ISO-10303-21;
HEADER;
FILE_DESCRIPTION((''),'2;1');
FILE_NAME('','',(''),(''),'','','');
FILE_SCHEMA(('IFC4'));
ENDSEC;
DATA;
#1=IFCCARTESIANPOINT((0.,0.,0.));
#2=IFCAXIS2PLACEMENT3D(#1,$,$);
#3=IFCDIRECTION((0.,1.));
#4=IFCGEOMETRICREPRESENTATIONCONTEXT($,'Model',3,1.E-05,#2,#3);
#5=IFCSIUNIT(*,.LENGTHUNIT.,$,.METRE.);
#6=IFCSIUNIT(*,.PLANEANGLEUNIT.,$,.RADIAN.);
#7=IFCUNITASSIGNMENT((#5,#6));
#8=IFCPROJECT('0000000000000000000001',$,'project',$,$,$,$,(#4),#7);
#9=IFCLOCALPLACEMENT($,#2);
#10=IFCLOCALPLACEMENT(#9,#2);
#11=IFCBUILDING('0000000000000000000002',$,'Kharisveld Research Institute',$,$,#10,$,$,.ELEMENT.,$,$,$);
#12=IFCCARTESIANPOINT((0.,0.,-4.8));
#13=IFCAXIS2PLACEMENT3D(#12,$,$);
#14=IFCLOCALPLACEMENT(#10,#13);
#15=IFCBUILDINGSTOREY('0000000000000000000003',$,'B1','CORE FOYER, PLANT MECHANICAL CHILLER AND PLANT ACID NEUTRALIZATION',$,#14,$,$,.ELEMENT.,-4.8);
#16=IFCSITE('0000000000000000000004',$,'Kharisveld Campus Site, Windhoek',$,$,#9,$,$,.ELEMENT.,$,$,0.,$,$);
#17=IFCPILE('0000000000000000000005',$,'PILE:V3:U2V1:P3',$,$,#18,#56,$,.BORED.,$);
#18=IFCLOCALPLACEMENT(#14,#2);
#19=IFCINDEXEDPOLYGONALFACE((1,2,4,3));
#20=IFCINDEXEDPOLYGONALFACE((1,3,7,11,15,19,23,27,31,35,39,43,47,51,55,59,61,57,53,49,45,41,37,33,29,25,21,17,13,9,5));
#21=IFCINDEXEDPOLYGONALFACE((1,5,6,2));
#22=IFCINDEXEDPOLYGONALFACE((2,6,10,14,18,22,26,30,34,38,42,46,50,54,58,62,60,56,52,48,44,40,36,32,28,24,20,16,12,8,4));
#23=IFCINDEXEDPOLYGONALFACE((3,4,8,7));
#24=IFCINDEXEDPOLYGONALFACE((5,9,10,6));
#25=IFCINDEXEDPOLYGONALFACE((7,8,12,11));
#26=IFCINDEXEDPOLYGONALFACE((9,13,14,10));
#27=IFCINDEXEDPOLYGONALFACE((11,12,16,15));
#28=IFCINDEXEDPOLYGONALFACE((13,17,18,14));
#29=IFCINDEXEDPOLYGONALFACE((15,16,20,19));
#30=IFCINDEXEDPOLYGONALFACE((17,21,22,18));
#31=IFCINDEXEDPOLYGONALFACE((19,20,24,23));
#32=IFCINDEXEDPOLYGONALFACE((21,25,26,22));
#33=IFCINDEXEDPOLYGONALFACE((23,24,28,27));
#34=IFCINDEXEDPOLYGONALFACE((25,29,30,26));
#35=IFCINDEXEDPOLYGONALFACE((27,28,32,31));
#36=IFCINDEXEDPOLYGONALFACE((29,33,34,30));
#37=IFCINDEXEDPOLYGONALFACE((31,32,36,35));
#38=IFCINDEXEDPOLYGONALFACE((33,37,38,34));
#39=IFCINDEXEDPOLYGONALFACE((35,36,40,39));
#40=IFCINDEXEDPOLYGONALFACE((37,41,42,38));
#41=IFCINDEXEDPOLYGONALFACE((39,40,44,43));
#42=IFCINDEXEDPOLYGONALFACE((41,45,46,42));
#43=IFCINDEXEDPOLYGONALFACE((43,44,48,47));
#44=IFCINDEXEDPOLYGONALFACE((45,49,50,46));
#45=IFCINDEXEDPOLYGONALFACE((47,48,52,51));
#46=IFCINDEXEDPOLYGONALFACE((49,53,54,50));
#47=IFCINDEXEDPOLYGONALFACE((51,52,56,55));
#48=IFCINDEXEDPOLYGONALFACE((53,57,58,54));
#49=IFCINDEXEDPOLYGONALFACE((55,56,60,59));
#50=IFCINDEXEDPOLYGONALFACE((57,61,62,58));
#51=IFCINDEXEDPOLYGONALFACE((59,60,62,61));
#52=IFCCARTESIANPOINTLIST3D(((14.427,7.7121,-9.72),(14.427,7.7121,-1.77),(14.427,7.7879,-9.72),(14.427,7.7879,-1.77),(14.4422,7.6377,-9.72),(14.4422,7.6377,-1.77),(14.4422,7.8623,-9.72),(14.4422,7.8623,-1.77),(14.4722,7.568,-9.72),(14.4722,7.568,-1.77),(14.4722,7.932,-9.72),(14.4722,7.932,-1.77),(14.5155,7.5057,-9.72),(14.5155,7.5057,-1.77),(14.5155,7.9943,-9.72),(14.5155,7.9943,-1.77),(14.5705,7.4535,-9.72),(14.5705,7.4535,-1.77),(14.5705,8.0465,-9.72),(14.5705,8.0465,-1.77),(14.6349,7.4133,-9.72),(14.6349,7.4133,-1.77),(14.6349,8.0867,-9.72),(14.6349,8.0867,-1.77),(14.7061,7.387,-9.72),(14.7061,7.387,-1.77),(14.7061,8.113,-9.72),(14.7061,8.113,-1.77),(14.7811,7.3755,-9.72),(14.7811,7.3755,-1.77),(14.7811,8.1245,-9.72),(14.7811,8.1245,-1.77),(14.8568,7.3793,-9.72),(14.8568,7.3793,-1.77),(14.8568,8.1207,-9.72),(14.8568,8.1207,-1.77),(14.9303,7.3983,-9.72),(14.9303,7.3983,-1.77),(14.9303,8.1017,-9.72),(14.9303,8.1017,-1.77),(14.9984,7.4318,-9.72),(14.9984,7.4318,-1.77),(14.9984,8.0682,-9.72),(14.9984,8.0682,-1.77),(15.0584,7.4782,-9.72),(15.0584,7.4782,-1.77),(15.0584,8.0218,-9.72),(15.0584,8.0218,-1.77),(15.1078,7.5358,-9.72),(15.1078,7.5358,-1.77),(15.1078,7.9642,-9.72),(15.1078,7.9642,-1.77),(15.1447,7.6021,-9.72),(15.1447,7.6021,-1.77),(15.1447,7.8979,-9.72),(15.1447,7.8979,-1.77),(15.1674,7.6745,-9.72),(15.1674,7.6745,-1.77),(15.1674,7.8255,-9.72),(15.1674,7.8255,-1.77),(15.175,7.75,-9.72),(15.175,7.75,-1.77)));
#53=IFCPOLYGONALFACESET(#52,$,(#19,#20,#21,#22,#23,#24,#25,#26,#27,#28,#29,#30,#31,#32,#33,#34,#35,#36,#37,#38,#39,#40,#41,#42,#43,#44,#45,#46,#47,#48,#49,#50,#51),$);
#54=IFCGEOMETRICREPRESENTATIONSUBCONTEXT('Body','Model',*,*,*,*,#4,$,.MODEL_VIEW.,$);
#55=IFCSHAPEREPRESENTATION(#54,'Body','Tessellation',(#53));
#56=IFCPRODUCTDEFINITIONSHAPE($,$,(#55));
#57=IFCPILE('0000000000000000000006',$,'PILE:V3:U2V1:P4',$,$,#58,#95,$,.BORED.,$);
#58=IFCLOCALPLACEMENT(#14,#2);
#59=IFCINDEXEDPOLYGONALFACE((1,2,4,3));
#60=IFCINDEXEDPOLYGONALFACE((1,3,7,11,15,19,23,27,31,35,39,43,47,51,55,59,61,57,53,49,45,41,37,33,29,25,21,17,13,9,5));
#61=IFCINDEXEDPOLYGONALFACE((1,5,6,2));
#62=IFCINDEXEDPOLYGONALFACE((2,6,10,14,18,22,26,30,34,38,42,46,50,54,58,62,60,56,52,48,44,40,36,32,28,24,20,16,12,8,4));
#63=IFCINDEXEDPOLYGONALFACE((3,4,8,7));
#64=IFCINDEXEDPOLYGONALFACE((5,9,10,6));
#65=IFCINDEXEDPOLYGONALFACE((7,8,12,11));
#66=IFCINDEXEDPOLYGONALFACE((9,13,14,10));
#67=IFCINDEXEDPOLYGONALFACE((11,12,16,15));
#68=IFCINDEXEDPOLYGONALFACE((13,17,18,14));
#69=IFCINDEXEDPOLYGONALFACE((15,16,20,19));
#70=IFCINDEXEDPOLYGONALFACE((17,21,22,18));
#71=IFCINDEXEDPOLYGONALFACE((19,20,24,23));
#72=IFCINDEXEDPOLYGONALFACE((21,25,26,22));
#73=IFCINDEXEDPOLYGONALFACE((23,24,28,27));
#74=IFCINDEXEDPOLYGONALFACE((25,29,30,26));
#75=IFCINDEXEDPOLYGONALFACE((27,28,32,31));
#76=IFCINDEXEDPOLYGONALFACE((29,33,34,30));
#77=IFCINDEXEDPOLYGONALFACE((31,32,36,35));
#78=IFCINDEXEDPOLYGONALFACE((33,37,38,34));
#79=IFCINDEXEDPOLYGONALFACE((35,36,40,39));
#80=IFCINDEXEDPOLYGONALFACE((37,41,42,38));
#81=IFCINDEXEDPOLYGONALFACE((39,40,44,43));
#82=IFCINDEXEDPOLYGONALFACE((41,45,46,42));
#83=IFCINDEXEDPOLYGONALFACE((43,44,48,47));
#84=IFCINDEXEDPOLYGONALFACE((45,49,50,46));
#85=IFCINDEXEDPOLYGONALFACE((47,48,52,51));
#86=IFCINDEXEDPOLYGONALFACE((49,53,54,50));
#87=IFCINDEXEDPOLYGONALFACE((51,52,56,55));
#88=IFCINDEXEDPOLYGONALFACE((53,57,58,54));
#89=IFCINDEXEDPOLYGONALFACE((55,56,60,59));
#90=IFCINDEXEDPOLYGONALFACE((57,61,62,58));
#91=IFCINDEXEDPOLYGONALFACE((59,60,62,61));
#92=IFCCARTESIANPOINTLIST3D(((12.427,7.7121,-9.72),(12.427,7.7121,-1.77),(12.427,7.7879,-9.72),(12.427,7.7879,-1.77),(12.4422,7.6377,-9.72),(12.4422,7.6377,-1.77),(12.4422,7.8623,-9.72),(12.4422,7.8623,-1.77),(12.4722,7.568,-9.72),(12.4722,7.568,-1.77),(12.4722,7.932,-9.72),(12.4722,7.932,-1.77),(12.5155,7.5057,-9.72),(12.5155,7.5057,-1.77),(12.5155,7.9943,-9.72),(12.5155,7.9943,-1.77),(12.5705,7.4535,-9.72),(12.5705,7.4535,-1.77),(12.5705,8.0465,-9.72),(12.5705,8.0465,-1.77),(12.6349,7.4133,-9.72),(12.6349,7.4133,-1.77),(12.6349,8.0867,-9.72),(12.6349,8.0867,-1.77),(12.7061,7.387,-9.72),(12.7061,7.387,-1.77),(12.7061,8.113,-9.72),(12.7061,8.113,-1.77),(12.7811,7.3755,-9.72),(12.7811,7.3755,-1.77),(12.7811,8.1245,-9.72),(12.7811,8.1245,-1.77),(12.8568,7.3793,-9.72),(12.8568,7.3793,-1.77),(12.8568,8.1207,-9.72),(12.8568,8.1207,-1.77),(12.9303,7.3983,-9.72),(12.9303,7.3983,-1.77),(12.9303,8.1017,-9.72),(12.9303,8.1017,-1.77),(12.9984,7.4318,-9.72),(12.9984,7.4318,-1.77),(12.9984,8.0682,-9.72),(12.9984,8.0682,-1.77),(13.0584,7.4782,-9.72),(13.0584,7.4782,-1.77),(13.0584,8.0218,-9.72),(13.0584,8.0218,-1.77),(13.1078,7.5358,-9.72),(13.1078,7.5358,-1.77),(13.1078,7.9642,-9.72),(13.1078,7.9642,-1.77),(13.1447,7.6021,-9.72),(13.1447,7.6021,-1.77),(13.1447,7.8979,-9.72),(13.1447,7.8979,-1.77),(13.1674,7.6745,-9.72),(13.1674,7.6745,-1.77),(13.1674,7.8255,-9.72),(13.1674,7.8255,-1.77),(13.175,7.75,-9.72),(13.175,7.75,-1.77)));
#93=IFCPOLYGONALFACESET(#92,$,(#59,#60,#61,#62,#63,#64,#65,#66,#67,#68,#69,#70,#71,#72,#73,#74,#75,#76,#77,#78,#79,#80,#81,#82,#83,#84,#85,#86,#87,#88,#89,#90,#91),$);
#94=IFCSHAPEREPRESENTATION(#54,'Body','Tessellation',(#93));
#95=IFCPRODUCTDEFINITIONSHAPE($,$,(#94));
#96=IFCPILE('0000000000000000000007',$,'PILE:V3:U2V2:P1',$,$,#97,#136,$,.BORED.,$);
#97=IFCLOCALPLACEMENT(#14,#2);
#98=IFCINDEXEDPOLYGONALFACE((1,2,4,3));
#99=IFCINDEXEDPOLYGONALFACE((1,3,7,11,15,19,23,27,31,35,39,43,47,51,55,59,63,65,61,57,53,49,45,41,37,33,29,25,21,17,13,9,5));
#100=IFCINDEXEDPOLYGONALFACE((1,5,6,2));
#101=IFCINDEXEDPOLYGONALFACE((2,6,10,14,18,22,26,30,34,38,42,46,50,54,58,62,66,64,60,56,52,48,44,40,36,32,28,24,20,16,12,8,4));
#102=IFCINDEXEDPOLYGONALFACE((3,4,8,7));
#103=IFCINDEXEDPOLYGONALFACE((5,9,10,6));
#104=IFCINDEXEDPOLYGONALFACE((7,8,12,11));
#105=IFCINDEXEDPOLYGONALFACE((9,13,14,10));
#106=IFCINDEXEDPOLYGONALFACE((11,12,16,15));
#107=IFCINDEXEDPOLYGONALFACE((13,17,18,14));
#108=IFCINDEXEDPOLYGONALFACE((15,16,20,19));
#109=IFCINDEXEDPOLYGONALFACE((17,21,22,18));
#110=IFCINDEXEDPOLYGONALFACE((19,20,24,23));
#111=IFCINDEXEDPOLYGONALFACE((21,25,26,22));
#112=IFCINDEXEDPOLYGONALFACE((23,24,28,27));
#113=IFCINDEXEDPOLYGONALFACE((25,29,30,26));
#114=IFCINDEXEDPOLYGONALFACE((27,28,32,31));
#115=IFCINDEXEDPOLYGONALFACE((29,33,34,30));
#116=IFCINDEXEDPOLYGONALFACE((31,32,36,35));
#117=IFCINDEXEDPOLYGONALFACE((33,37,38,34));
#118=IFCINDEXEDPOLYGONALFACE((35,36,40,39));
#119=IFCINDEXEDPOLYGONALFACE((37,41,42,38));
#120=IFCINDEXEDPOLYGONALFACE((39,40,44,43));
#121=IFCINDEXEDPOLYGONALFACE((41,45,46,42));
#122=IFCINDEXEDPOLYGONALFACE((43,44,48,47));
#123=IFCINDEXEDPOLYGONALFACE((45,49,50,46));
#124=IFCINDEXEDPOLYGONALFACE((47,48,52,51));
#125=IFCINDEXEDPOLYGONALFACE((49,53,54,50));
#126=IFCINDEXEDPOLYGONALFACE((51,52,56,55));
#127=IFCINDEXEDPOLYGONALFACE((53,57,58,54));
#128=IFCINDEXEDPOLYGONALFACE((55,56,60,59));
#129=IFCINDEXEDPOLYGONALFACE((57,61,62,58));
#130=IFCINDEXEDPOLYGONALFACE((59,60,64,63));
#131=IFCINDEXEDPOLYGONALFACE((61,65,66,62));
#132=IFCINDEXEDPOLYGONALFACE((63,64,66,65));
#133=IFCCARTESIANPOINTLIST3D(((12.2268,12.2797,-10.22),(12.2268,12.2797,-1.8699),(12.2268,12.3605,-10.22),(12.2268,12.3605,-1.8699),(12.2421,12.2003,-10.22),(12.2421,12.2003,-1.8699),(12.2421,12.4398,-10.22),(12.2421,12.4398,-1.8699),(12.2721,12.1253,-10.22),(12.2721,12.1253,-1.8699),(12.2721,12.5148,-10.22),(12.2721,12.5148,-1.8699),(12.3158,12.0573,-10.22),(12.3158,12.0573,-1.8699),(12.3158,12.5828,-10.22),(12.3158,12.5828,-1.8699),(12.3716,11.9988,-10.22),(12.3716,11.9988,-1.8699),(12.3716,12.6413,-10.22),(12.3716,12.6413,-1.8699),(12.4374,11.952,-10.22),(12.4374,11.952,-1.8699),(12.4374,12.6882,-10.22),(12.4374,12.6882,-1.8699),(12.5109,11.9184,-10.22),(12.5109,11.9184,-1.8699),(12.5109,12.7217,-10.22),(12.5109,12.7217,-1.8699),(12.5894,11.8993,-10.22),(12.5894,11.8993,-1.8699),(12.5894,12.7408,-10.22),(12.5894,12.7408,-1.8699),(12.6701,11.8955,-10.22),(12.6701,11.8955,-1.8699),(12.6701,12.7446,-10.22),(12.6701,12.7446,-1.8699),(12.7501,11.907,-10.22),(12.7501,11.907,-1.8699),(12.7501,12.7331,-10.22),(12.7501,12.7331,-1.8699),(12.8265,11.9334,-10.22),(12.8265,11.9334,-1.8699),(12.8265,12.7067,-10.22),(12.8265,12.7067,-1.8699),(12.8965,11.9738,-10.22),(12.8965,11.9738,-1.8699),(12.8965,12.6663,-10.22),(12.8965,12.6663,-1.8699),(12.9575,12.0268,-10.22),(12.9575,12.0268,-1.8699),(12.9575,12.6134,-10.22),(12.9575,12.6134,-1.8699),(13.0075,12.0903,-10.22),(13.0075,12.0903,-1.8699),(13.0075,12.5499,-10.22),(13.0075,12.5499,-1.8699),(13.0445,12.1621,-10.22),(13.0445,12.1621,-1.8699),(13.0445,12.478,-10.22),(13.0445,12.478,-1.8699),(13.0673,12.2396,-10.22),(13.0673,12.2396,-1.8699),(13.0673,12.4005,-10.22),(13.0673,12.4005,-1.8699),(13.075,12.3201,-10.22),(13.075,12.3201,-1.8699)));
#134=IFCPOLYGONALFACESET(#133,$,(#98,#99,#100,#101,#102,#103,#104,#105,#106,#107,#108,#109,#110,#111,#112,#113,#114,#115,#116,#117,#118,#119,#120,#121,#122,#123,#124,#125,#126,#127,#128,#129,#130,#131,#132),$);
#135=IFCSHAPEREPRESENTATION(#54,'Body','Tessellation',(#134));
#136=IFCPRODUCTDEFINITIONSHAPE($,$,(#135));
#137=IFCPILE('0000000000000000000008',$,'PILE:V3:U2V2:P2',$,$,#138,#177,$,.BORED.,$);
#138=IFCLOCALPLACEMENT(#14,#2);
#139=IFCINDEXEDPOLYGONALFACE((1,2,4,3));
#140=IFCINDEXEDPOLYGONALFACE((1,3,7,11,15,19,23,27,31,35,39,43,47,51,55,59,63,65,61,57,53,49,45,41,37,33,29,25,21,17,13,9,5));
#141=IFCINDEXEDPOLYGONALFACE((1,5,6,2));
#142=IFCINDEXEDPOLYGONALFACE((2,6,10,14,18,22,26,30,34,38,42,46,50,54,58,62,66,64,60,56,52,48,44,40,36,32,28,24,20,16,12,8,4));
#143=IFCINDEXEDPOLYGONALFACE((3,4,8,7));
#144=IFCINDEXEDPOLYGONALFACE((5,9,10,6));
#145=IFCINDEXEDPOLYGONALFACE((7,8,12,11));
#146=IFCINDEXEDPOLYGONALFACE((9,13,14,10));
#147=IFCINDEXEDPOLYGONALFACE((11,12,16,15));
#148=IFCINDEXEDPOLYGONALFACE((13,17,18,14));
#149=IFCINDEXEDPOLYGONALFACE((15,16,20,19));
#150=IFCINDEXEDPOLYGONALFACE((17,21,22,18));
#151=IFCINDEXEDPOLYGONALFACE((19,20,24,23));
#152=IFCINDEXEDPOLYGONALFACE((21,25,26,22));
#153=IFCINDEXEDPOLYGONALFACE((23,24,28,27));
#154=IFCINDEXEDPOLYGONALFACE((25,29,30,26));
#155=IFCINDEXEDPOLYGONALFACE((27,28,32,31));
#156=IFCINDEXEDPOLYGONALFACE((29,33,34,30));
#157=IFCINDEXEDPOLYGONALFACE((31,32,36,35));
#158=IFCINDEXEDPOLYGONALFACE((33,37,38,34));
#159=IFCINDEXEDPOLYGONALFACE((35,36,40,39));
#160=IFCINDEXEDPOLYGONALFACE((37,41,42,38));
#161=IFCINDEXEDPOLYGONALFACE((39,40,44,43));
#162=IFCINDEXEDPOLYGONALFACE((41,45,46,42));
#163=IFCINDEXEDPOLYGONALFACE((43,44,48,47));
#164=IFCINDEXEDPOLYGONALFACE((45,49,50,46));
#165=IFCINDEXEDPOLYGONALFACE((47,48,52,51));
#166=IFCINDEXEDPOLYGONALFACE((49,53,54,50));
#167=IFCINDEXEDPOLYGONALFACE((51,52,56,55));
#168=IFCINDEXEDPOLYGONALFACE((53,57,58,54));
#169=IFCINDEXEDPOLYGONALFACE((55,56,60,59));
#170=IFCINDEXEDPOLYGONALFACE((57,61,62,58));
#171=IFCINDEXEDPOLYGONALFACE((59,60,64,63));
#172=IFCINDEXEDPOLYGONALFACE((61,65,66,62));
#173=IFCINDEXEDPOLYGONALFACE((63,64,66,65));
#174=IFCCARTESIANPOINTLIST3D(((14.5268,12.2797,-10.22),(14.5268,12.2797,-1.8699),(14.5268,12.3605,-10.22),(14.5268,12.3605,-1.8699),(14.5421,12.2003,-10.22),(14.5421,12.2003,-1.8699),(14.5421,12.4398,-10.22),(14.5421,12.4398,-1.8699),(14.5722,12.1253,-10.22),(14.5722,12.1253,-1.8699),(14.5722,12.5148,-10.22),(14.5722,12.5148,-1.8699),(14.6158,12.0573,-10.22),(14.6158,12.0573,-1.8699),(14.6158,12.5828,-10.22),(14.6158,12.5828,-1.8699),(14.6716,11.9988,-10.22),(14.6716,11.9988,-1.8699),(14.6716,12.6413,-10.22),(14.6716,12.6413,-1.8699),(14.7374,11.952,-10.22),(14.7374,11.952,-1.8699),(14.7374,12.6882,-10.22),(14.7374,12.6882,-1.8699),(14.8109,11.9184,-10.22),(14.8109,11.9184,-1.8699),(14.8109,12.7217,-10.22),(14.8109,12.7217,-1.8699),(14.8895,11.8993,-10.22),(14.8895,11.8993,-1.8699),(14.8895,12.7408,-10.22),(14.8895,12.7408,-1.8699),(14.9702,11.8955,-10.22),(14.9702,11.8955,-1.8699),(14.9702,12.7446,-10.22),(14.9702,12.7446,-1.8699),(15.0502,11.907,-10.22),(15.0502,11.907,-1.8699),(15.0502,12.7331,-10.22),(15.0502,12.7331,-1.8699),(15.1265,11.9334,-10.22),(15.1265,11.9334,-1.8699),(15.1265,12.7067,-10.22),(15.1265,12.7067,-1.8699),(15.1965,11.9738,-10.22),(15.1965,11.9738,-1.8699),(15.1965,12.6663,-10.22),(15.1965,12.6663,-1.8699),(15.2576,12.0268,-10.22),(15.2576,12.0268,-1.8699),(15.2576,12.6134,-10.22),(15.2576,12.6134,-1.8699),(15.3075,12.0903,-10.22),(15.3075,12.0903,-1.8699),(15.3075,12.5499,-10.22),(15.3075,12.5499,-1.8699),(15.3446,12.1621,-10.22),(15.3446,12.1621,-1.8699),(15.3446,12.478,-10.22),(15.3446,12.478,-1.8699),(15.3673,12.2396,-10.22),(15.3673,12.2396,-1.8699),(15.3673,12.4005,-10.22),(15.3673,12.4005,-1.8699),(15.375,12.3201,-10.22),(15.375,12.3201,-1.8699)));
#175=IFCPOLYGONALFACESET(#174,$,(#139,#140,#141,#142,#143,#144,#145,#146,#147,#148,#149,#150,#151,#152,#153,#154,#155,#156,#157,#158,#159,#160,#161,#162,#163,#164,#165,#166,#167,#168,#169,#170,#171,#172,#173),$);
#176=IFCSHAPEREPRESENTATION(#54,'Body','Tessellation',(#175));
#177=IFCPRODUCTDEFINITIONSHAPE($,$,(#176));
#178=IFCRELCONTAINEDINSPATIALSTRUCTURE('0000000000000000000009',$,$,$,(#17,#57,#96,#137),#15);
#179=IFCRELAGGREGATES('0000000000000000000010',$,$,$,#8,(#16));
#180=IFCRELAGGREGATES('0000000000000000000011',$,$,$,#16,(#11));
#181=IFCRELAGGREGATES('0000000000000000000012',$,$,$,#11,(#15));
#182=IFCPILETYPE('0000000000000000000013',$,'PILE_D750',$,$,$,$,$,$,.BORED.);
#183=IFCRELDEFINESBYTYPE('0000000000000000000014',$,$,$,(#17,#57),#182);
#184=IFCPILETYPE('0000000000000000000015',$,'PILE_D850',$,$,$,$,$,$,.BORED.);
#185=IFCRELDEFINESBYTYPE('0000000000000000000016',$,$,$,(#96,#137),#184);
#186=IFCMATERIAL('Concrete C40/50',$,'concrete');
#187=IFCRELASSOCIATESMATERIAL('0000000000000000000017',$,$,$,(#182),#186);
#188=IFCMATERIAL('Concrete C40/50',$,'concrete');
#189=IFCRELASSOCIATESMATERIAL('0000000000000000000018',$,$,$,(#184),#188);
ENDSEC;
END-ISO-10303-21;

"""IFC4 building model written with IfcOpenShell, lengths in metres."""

from ifc_helpers import new_model, si_unit, direction, frame, origin, origin_2d, place, context, subcontext, project, spatial, circle, extrude, material, material_profile, profile_set, type_object, element, save


model = new_model("IFC4")

# Units and contexts
model_context = context("Model", 3, precision=1e-05, world=origin(), true_north=direction((0.0, 1.0)))
body_context = subcontext(model_context, "Body", "Model", "MODEL_VIEW")
ifc_project = project(units=[si_unit("LENGTHUNIT", "METRE"), si_unit("PLANEANGLEUNIT", "RADIAN")], contexts=[model_context])

# Site, building, storey
site_placement = place(None, origin())
site = spatial("IfcSite", under=ifc_project, at=site_placement, Name="Kharisveld Campus Site, Windhoek", CompositionType="ELEMENT", RefElevation=0.0)
building_placement = place(site_placement, origin())
building = spatial("IfcBuilding", under=site, at=building_placement, Name="Kharisveld Research Institute", CompositionType="ELEMENT")
storey_placement = place(building_placement, frame((0.0, 0.0, -4.8)))
storey = spatial("IfcBuildingStorey", under=building, at=storey_placement, Name="B1", Description="CORE FOYER, PLANT MECHANICAL CHILLER AND PLANT ACID NEUTRALIZATION", CompositionType="ELEMENT", Elevation=-4.8)

# Piles
ifc_material_1 = material(Name="Concrete C40/50", Category="concrete")
ifc_material_profile_1 = material_profile(ifc_material_1, circle(Radius=0.375, at=origin_2d()))
ifc_profile_set_1 = profile_set([ifc_material_profile_1], Name="Concrete C40/50")
pile_type_1 = type_object("IfcPileType", Name="PILE_D750", PredefinedType="BORED", material=ifc_profile_set_1)
for number, where, z_axis, x_axis, name in (
    (1, (14.8, 7.75, -1.77), (0.0, 0.0, -1.0), (1.0, 0.0, 0.0), "PILE:V3:U2V1:P3"),
    (2, (12.8, 7.75, -1.77), (0.0, 0.0, -1.0), (1.0, 0.0, 0.0), "PILE:V3:U2V1:P4"),
):
    element("IfcPile", number, at=place(storey_placement, frame(where, z_axis=z_axis, x_axis=x_axis)), inside=storey, type_object=pile_type_1, Name=name, PredefinedType="BORED", context=body_context, shape_type="SweptSolid", body=[
        extrude(circle(Radius=0.375, at=origin_2d()), origin(), (0.0, 0.0, 1.0), 7.95),
    ])
ifc_material_2 = material(Name="Concrete C40/50", Category="concrete")
ifc_material_profile_2 = material_profile(ifc_material_2, circle(Radius=0.425, at=origin_2d()))
ifc_profile_set_2 = profile_set([ifc_material_profile_2], Name="Concrete C40/50")
pile_type_2 = type_object("IfcPileType", Name="PILE_D850", PredefinedType="BORED", material=ifc_profile_set_2)
for number, where, z_axis, x_axis, name in (
    (3, (12.6499, 12.3201, -1.8699), (0.0, 0.0, -1.0), (1.0, 0.0, 0.0), "PILE:V3:U2V2:P1"),
    (4, (14.95, 12.3201, -1.8699), (0.0, 0.0, -1.0), (1.0, 0.0, 0.0), "PILE:V3:U2V2:P2"),
):
    element("IfcPile", number, at=place(storey_placement, frame(where, z_axis=z_axis, x_axis=x_axis)), inside=storey, type_object=pile_type_2, Name=name, PredefinedType="BORED", context=body_context, shape_type="SweptSolid", body=[
        extrude(circle(Radius=0.425, at=origin_2d()), origin(), (0.0, 0.0, 1.0), 8.3501),
    ])

save(model, "model.ifc")
